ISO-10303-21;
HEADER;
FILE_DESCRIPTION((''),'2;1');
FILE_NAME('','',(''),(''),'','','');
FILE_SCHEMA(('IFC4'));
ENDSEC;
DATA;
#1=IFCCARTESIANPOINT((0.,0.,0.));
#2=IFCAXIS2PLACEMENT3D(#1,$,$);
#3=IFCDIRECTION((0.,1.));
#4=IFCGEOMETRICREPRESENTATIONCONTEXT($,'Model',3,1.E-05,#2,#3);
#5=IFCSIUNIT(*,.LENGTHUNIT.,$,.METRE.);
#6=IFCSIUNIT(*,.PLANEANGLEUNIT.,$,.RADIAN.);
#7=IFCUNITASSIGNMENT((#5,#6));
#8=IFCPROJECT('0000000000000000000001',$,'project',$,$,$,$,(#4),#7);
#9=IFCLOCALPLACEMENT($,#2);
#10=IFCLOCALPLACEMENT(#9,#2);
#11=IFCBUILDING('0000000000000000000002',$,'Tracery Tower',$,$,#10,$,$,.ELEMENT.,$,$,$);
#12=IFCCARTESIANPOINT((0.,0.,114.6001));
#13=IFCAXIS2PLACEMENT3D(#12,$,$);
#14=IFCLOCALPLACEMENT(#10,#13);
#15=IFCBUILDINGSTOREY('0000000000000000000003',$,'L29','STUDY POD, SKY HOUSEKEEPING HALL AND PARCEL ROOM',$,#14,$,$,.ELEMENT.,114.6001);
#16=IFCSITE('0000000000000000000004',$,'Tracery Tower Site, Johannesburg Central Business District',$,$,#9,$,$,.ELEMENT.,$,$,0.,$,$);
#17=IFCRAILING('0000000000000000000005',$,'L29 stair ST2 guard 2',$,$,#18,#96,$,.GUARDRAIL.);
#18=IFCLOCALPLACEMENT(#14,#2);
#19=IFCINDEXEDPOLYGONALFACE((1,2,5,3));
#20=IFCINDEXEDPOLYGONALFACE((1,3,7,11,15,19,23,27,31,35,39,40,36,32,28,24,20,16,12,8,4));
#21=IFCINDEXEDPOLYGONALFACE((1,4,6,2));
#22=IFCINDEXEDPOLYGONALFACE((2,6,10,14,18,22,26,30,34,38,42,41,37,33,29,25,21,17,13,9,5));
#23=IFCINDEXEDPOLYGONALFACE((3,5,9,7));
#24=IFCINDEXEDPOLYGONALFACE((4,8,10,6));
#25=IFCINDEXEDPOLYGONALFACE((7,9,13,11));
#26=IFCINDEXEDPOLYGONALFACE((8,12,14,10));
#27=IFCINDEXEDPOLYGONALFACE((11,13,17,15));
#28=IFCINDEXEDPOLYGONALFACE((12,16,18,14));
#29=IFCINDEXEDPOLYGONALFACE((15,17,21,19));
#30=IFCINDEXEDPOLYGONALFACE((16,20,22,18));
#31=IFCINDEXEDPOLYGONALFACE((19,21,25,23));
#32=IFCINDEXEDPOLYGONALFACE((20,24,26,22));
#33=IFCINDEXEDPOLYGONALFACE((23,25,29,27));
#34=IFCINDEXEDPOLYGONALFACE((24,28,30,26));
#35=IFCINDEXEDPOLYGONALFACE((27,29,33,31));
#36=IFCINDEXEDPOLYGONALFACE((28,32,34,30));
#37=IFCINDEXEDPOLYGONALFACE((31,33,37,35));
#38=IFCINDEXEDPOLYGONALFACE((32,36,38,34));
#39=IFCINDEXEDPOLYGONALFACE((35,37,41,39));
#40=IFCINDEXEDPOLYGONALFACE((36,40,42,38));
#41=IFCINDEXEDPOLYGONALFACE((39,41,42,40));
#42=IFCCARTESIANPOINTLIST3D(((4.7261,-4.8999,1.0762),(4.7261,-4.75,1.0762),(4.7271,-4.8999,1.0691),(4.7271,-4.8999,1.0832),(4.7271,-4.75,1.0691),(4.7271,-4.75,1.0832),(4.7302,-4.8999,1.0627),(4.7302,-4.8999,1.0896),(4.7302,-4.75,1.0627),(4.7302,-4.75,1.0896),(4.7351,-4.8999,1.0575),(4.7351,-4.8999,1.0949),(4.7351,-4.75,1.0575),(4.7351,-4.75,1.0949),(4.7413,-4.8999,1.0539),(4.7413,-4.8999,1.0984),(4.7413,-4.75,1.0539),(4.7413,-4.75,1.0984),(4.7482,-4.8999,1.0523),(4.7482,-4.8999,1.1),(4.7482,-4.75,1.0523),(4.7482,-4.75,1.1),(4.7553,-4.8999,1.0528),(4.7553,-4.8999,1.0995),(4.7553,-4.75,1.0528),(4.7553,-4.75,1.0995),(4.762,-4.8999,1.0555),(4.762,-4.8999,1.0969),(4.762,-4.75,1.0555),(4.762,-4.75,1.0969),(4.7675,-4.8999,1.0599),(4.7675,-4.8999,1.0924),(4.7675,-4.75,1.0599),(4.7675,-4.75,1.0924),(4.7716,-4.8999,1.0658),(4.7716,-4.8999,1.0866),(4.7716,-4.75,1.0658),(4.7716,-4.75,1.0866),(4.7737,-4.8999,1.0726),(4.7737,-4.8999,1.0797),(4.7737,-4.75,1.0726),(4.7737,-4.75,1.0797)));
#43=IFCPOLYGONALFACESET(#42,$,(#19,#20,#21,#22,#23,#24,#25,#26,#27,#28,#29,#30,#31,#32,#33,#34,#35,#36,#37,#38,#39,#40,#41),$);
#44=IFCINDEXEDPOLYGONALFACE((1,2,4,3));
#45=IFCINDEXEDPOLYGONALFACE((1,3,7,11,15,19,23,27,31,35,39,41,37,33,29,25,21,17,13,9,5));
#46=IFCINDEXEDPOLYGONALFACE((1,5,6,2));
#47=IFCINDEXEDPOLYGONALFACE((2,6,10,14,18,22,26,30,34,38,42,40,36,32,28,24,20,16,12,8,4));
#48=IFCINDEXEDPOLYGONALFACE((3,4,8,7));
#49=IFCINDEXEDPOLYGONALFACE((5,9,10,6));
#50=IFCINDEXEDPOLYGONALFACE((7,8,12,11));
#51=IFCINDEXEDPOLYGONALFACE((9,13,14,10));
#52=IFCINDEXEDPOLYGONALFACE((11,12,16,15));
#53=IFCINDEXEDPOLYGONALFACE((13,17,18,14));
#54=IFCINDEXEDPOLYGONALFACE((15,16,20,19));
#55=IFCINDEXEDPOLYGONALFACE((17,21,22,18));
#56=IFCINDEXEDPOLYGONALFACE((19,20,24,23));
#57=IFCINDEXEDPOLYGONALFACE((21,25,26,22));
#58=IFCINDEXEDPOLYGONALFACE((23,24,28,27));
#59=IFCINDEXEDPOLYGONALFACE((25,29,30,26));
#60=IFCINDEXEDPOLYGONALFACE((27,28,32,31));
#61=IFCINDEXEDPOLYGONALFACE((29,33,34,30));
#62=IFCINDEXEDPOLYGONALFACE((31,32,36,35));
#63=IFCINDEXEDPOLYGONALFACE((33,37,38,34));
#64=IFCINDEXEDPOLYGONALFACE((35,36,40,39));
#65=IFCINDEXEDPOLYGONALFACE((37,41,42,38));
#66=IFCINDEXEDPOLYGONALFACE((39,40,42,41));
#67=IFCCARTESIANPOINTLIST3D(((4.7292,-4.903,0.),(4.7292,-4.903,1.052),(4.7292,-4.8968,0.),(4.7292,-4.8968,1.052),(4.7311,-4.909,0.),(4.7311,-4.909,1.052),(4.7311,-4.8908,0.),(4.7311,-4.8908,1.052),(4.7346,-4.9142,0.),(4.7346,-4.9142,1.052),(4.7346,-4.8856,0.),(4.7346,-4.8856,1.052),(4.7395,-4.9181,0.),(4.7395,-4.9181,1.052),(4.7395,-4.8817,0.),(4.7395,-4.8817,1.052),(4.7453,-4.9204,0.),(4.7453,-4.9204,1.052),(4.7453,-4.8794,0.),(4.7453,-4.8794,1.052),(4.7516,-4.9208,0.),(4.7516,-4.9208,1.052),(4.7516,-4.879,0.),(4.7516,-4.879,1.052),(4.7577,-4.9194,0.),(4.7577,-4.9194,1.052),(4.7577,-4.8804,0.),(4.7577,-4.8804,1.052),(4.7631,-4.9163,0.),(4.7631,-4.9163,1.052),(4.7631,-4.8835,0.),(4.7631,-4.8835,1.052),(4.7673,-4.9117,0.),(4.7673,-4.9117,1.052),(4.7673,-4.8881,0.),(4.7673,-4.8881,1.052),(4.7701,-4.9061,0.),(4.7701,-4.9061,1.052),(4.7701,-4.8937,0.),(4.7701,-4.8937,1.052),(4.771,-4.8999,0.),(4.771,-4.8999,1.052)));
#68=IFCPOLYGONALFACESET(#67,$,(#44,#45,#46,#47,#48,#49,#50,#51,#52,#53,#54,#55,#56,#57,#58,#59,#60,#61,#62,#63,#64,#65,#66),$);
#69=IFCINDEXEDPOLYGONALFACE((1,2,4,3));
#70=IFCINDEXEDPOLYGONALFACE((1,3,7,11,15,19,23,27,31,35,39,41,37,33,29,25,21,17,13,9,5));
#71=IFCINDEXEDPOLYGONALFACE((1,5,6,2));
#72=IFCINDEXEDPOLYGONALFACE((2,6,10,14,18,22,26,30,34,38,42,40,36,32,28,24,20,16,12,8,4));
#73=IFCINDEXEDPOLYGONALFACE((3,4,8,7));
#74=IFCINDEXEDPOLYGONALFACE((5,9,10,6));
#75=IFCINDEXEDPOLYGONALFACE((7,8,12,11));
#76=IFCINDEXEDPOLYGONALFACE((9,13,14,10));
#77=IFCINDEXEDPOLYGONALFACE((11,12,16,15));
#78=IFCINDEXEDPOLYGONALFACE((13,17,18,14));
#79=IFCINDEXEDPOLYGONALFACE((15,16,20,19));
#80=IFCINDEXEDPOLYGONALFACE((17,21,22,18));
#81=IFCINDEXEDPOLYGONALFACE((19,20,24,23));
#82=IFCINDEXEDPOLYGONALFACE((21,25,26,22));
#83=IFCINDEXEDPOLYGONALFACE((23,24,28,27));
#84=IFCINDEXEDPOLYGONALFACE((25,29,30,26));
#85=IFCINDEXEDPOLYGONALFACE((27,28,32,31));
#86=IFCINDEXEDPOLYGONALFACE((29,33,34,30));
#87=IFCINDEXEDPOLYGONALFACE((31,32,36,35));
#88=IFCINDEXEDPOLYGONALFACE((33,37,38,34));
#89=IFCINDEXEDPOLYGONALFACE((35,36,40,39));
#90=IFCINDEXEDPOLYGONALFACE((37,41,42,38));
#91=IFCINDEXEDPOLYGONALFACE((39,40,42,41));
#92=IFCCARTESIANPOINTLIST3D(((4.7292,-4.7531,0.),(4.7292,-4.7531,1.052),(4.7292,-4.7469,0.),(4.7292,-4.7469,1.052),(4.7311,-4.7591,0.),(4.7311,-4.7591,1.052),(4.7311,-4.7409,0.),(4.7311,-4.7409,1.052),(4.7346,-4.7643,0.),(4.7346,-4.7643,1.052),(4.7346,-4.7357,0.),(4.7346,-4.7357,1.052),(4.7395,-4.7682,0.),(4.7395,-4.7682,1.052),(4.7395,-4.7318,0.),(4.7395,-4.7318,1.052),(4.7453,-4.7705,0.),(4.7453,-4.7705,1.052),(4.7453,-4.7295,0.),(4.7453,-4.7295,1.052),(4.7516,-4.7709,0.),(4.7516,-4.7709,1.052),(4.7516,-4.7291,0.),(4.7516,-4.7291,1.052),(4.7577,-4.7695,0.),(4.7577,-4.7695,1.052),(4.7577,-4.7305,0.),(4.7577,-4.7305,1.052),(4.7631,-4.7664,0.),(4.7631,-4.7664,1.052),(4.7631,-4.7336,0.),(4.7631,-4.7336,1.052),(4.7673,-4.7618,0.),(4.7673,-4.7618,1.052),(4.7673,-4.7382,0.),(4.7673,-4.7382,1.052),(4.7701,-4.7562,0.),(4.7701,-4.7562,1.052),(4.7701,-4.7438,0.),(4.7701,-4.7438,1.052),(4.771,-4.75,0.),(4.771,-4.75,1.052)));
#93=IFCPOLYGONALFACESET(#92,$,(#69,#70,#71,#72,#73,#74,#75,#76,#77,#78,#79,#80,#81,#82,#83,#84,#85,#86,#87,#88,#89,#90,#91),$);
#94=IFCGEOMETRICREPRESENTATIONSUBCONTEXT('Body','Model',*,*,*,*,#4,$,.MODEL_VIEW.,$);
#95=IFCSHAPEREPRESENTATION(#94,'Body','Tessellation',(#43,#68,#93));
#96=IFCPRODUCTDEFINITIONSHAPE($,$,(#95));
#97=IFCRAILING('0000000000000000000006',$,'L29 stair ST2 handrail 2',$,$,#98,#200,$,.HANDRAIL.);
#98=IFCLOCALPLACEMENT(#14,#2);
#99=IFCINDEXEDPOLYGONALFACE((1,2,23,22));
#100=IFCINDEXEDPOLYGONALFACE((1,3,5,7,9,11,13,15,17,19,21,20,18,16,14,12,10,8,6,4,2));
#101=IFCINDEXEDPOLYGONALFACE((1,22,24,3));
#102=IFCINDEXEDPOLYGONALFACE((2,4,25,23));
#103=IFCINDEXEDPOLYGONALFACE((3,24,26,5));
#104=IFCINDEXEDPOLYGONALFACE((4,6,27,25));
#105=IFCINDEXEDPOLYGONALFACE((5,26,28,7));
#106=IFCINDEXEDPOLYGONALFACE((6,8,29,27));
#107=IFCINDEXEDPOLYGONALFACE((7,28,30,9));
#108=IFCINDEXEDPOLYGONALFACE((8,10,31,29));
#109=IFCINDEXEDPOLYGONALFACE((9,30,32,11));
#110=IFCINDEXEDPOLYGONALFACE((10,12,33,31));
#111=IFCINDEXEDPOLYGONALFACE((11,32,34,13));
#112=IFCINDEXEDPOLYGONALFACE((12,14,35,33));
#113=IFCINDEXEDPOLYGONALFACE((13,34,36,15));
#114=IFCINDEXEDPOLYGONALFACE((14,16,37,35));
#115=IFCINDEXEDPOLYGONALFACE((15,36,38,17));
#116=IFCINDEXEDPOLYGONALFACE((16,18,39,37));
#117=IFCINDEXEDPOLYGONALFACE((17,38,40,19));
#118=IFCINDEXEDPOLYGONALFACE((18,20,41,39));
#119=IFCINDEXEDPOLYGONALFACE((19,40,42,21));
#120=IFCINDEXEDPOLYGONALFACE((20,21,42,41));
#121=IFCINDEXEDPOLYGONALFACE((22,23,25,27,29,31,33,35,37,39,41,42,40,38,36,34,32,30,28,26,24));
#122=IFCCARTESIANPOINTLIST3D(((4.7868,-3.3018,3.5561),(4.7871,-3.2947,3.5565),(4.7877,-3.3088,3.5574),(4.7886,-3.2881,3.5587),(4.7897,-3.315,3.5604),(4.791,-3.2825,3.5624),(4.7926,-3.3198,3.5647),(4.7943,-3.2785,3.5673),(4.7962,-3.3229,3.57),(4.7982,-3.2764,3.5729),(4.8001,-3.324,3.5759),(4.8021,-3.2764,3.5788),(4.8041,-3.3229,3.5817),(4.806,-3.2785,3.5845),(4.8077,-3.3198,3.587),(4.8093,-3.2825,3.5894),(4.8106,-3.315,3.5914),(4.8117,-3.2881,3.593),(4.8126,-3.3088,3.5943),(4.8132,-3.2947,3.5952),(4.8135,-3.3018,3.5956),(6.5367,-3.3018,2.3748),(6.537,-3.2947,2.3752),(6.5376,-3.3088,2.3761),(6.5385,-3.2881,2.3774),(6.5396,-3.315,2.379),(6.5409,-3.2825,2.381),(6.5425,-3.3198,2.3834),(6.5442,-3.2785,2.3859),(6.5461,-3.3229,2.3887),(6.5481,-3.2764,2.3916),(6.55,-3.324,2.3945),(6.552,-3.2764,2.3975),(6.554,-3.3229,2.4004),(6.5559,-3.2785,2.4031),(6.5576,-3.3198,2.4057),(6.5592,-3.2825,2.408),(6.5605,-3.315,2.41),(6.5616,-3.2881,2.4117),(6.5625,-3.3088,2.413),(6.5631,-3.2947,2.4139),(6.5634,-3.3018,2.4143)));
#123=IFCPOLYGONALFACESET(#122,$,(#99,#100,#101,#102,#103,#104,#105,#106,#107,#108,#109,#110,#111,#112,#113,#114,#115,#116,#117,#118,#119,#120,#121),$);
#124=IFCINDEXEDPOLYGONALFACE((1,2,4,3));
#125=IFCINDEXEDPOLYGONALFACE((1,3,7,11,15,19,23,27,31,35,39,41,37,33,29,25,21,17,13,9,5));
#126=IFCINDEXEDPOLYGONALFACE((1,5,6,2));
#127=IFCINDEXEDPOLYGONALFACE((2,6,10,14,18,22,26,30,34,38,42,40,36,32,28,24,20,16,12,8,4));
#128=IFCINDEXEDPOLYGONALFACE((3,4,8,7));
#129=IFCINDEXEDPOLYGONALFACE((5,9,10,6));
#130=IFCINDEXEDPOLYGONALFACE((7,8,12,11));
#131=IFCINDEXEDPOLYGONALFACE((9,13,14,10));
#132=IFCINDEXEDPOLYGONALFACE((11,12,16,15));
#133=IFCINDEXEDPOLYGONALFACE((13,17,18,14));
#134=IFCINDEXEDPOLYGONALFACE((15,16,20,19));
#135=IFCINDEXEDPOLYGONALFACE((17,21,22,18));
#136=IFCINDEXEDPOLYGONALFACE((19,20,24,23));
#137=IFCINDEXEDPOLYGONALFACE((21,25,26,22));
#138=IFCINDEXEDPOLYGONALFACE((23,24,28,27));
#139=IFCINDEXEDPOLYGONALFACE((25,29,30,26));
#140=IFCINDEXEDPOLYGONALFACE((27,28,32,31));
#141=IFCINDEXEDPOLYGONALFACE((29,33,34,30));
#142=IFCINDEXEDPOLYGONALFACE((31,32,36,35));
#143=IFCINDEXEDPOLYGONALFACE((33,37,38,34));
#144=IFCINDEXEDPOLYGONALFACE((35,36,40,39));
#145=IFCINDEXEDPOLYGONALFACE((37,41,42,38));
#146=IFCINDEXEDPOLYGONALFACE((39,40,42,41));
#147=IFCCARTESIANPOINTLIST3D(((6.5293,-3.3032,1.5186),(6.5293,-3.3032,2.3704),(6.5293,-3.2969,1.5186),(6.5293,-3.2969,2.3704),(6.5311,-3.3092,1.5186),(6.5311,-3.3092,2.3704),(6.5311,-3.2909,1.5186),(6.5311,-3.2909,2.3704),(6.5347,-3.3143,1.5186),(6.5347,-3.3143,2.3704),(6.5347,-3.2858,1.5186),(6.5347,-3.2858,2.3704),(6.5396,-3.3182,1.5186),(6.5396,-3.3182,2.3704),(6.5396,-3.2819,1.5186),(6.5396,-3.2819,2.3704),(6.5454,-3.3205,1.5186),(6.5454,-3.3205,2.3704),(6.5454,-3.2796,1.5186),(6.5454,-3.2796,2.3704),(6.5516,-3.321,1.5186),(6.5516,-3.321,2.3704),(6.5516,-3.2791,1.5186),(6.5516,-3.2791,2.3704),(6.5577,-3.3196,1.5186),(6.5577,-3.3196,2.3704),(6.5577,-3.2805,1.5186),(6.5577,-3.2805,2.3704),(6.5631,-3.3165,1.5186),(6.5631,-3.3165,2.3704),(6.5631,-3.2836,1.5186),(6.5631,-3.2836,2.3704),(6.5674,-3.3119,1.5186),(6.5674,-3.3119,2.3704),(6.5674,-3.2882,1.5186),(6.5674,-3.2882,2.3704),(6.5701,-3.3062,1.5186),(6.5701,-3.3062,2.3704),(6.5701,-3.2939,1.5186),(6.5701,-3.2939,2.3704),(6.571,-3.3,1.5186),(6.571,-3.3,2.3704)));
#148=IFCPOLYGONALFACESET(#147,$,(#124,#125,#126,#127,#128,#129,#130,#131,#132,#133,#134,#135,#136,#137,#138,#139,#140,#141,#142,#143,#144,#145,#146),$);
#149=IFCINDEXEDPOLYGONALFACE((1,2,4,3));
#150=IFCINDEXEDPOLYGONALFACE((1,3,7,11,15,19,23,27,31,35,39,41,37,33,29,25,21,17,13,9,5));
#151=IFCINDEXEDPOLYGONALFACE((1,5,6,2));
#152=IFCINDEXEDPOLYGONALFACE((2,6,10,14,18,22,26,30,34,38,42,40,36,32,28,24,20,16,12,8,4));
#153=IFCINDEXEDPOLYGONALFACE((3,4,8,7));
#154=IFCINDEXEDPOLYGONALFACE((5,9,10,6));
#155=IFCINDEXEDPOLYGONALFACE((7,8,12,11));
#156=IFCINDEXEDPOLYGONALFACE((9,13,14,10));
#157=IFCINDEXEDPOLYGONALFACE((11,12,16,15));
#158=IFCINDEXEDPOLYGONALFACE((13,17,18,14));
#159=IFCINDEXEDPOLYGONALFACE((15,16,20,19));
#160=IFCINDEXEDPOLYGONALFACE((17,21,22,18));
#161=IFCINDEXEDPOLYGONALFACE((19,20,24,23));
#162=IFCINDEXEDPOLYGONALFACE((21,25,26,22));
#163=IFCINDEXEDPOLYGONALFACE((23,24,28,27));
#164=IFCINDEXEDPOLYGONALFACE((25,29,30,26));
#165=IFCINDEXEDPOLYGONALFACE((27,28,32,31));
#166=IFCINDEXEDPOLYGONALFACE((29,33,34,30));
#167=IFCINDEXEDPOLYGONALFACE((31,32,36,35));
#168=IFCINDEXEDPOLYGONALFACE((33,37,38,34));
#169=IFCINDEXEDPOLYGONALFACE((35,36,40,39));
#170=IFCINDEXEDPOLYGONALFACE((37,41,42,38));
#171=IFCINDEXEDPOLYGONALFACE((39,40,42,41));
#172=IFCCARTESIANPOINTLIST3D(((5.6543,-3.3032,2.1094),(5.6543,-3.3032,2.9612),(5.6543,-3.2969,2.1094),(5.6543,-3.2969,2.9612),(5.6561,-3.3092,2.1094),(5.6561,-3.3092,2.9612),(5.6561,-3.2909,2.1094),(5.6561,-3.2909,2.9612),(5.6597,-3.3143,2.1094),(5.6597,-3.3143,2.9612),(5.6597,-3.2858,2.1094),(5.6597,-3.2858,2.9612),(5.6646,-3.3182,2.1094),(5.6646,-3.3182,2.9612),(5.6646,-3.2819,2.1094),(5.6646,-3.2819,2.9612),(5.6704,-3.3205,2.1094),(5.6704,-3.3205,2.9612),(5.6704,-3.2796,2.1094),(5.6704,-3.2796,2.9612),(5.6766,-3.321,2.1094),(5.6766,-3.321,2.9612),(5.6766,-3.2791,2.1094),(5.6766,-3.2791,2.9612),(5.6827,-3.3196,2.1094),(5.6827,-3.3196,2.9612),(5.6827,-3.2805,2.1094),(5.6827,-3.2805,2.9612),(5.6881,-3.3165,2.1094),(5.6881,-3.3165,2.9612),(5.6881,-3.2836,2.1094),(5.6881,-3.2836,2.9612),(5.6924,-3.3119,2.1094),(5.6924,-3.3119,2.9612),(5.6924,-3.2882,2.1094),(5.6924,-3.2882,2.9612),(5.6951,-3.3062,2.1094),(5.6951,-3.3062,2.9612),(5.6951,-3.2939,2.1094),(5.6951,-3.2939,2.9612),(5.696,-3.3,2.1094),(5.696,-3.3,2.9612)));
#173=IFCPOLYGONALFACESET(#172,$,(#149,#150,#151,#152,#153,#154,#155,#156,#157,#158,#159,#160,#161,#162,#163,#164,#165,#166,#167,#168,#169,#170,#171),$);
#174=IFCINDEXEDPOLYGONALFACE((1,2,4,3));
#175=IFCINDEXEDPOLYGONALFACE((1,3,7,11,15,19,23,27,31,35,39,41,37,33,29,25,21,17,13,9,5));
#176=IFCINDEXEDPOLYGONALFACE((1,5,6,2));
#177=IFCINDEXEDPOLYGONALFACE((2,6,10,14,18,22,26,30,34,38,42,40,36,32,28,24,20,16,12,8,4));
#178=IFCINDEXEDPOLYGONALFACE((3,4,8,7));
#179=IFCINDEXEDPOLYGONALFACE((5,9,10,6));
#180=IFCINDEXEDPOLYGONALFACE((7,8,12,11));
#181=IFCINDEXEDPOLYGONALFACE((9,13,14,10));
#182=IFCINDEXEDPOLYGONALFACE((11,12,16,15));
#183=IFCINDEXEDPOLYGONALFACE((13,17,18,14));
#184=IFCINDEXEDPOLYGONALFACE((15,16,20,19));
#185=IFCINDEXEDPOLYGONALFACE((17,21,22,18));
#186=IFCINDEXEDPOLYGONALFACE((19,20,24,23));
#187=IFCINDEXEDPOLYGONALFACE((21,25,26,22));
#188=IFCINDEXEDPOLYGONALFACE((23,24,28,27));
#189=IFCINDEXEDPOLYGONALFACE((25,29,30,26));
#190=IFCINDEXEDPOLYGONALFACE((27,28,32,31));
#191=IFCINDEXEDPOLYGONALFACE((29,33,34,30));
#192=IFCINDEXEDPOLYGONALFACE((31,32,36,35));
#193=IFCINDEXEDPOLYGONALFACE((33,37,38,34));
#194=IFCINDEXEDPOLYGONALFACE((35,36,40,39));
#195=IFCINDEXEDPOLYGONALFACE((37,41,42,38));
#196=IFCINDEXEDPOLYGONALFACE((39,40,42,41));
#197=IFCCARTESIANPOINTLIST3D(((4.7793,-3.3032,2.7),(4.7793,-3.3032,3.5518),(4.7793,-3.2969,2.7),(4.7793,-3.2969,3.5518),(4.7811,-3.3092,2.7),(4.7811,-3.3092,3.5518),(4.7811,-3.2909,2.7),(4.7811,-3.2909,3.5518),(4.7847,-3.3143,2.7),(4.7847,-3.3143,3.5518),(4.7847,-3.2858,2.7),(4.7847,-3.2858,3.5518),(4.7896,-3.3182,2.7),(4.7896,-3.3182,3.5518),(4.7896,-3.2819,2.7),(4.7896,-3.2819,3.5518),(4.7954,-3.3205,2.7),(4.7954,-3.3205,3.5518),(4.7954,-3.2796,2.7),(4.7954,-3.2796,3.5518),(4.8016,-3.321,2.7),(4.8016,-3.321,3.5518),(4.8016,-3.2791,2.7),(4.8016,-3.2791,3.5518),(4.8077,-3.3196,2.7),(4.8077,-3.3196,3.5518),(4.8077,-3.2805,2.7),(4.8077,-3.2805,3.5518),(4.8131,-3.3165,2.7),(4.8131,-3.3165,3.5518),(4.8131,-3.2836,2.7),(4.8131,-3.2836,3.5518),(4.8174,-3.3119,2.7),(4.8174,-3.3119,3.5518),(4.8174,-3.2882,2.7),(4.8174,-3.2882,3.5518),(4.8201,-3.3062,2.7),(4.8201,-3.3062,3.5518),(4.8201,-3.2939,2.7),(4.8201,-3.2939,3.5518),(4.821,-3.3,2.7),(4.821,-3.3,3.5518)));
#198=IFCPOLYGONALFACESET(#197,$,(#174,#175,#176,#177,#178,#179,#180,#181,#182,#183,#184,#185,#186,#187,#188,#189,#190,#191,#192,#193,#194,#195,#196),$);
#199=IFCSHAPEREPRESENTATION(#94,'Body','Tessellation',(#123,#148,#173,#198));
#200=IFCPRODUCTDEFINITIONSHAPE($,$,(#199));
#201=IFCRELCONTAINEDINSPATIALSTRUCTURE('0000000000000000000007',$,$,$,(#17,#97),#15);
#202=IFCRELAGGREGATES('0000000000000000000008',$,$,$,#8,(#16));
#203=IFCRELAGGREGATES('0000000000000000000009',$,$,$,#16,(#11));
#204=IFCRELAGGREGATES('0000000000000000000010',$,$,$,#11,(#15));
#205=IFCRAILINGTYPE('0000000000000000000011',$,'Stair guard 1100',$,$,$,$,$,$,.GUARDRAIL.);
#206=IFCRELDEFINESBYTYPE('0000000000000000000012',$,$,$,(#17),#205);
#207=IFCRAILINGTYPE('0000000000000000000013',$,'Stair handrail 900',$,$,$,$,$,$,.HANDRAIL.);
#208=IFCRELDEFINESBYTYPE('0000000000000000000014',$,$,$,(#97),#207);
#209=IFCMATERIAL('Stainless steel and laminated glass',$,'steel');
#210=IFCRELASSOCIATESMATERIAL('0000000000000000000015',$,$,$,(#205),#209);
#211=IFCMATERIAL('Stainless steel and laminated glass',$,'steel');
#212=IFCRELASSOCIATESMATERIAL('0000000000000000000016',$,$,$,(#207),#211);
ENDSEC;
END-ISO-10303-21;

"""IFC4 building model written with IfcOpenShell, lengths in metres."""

from ifc_helpers import new_model, si_unit, direction, frame, origin, origin_2d, place, context, subcontext, project, spatial, circle, extrude, material, type_object, element, save


model = new_model("IFC4")

# Units and contexts
model_context = context("Model", 3, precision=1e-05, world=origin(), true_north=direction((0.0, 1.0)))
body_context = subcontext(model_context, "Body", "Model", "MODEL_VIEW")
ifc_project = project(units=[si_unit("LENGTHUNIT", "METRE"), si_unit("PLANEANGLEUNIT", "RADIAN")], contexts=[model_context])

# Site, building, storey
site_placement = place(None, origin())
site = spatial("IfcSite", under=ifc_project, at=site_placement, Name="Tracery Tower Site, Johannesburg Central Business District", CompositionType="ELEMENT", RefElevation=0.0)
building_placement = place(site_placement, origin())
building = spatial("IfcBuilding", under=site, at=building_placement, Name="Tracery Tower", CompositionType="ELEMENT")
storey_placement = place(building_placement, frame((0.0, 0.0, 114.6001)))
storey = spatial("IfcBuildingStorey", under=building, at=storey_placement, Name="L29", Description="STUDY POD, SKY HOUSEKEEPING HALL AND PARCEL ROOM", CompositionType="ELEMENT", Elevation=114.6001)

# Railings
ifc_material_1 = material(Name="Stainless steel and laminated glass", Category="steel")
railing_type_1 = type_object("IfcRailingType", Name="Stair guard 1100", PredefinedType="GUARDRAIL", material=ifc_material_1)
railing_1_placement = place(storey_placement, frame((4.75, -4.8999, 0.0)))
element("IfcRailing", 1, at=railing_1_placement, inside=storey, type_object=railing_type_1, Name="L29 stair ST2 guard 2", PredefinedType="GUARDRAIL", context=body_context, shape_type="SweptSolid", body=[
    extrude(circle(Radius=0.0239, at=origin_2d()), frame((0.0, 0.0, 1.0762), z_axis=(0.0, 1.0, 0.0), x_axis=(-1.0, 0.0, 0.0)), (0.0, 0.0, 1.0), 0.1499),
    extrude(circle(Radius=0.021, at=origin_2d()), origin(), (0.0, 0.0, 1.0), 1.052),
    extrude(circle(Radius=0.021, at=origin_2d()), frame((0.0, 0.1499, 0.0)), (0.0, 0.0, 1.0), 1.052),
])
ifc_material_2 = material(Name="Stainless steel and laminated glass", Category="steel")
railing_type_2 = type_object("IfcRailingType", Name="Stair handrail 900", PredefinedType="HANDRAIL", material=ifc_material_2)
railing_2_placement = place(storey_placement, frame((6.55, -3.3, 1.5186)))
element("IfcRailing", 2, at=railing_2_placement, inside=storey, type_object=railing_type_2, Name="L29 stair ST2 handrail 2", PredefinedType="HANDRAIL", context=body_context, shape_type="SweptSolid", body=[
    extrude(circle(Radius=0.0239, at=origin_2d()), frame((0.0, 0.0, 0.876), z_axis=(-0.828817, 0.0, 0.559521), x_axis=(0.0, -1.0, 0.0)), (0.0, 0.0, 1.0), 2.1113),
    extrude(circle(Radius=0.021, at=origin_2d()), origin(), (0.0, 0.0, 1.0), 0.8518),
    extrude(circle(Radius=0.021, at=origin_2d()), frame((-0.875, 0.0, 0.5908)), (0.0, 0.0, 1.0), 0.8518),
    extrude(circle(Radius=0.021, at=origin_2d()), frame((-1.75, 0.0, 1.1814)), (0.0, 0.0, 1.0), 0.8518),
])

save(model, "model.ifc")
